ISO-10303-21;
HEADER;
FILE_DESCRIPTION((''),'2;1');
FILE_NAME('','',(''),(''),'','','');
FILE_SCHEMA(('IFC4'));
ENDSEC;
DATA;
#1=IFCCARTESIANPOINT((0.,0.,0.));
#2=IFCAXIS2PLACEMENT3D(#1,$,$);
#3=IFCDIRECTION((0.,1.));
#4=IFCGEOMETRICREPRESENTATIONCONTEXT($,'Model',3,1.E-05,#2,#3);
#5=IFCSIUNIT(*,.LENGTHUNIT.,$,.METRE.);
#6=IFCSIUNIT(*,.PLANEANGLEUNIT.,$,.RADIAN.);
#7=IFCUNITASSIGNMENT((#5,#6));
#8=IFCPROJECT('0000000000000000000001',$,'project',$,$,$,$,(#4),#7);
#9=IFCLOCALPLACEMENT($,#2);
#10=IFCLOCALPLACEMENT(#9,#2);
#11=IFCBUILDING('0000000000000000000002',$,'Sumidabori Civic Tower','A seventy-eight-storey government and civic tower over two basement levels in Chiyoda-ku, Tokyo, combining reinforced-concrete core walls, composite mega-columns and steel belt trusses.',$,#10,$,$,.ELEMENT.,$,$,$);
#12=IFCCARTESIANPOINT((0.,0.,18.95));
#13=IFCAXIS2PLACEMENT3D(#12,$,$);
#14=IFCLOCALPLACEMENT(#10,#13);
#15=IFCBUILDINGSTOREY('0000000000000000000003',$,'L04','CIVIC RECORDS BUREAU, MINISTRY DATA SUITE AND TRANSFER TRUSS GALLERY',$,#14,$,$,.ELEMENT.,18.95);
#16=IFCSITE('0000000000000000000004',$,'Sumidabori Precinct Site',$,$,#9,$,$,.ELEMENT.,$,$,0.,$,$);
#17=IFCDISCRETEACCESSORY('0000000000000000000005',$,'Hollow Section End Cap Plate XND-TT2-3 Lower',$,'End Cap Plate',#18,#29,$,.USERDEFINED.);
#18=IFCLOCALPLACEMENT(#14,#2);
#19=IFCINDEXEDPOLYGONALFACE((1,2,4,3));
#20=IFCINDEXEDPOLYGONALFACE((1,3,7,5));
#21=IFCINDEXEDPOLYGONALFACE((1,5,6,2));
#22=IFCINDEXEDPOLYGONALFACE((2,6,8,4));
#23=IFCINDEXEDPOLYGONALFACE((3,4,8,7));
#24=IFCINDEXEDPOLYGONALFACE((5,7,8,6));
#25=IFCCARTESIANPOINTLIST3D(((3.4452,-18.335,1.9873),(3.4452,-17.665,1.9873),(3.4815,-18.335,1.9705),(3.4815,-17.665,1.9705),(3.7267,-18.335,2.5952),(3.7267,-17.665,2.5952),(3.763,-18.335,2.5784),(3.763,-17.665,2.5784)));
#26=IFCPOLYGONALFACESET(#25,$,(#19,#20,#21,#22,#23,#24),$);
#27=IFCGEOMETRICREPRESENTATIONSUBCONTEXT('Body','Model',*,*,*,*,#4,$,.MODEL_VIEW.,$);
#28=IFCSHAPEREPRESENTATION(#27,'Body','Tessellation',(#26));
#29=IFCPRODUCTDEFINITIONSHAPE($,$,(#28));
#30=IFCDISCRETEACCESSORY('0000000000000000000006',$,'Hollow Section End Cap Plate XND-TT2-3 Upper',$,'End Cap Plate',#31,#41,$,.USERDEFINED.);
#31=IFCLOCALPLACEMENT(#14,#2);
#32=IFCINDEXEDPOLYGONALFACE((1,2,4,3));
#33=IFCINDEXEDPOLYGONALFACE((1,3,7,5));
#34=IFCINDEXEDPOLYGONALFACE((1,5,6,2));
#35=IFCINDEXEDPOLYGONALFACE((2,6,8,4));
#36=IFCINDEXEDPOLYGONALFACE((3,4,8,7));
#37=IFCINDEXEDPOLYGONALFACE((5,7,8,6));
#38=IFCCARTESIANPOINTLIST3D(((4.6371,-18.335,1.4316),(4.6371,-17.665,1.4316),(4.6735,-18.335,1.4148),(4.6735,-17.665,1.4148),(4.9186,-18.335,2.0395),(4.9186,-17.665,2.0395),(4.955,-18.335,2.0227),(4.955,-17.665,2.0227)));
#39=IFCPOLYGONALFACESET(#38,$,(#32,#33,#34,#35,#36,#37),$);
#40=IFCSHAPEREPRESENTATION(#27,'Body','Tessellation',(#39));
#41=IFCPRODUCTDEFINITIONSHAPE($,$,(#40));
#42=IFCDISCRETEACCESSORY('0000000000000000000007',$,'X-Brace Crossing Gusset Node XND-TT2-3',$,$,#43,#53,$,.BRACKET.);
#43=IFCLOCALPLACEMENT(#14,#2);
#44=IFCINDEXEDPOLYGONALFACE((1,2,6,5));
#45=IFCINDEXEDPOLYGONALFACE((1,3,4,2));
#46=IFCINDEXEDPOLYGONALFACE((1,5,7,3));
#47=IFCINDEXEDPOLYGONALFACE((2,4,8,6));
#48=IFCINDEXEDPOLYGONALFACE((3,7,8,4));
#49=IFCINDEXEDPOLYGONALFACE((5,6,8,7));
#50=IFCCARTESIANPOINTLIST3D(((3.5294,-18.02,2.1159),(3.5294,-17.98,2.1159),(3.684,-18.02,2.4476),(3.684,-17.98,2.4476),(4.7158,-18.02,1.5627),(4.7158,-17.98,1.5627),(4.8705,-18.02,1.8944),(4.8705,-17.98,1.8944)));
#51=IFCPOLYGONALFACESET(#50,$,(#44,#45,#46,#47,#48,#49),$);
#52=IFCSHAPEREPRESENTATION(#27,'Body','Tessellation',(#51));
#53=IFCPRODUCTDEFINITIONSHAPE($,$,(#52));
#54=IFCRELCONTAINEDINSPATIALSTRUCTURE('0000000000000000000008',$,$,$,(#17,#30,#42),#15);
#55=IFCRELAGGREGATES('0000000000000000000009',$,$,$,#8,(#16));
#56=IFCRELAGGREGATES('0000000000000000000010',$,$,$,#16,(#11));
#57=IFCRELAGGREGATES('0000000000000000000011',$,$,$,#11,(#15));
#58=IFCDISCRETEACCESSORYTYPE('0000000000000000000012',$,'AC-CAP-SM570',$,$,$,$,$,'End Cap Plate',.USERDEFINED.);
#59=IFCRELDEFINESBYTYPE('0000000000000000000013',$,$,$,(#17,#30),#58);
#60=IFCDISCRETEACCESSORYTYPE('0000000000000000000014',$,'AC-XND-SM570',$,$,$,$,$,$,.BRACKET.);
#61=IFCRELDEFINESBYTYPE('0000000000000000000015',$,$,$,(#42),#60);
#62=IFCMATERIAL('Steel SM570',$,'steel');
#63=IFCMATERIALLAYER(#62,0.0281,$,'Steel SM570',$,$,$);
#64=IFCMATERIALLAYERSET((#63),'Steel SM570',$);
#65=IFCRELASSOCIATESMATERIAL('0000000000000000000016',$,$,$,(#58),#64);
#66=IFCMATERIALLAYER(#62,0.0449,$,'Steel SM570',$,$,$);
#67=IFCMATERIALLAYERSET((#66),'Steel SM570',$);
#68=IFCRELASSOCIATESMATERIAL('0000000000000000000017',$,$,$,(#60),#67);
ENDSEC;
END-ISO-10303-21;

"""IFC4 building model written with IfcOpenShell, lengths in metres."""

from ifc_helpers import new_model, si_unit, direction, frame, origin, origin_2d, place, context, subcontext, project, spatial, rectangle, extrude, source, transform, mapped, material, layer, layer_set, type_object, element, save


model = new_model("IFC4")

# Units and contexts
model_context = context("Model", 3, precision=1e-05, world=origin(), true_north=direction((0.0, 1.0)))
body_context = subcontext(model_context, "Body", "Model", "MODEL_VIEW")
ifc_project = project(units=[si_unit("LENGTHUNIT", "METRE"), si_unit("PLANEANGLEUNIT", "RADIAN")], contexts=[model_context])

# Site, building, storey
site_placement = place(None, origin())
site = spatial("IfcSite", under=ifc_project, at=site_placement, Name="Sumidabori Precinct Site", CompositionType="ELEMENT", RefElevation=0.0)
building_placement = place(site_placement, origin())
building = spatial("IfcBuilding", under=site, at=building_placement, Name="Sumidabori Civic Tower", Description="A seventy-eight-storey government and civic tower over two basement levels in Chiyoda-ku, Tokyo, combining reinforced-concrete core walls, composite mega-columns and steel belt trusses.", CompositionType="ELEMENT")
storey_placement = place(building_placement, frame((0.0, 0.0, 18.95)))
storey = spatial("IfcBuildingStorey", under=building, at=storey_placement, Name="L04", Description="CIVIC RECORDS BUREAU, MINISTRY DATA SUITE AND TRANSFER TRUSS GALLERY", CompositionType="ELEMENT", Elevation=18.95)

# Shared definitions
ifc_material_1 = material(Name="Steel SM570", Category="steel")

# Discrete accessories
ifc_layer_1 = layer(ifc_material_1, 0.0281, Name="Steel SM570")
ifc_layer_set_1 = layer_set([ifc_layer_1], Name="Steel SM570")
discrete_accessory_type_1 = type_object("IfcDiscreteAccessoryType", Name="AC-CAP-SM570", ElementType="End Cap Plate", PredefinedType="USERDEFINED", material=ifc_layer_set_1)
ifc_layer_2 = layer(ifc_material_1, 0.0449, Name="Steel SM570")
ifc_layer_set_2 = layer_set([ifc_layer_2], Name="Steel SM570")
discrete_accessory_type_2 = type_object("IfcDiscreteAccessoryType", Name="AC-XND-SM570", PredefinedType="BRACKET", material=ifc_layer_set_2)
shared_shape_1 = source(origin(), body_context, "Body", "SweptSolid", [
    extrude(rectangle(XDim=0.6699, YDim=0.6699, at=origin_2d()), origin(), (0.0, 0.0, 1.0), 0.04),
])
for number, where, z_axis, x_axis, name in (
    (1, (3.5859, -18.0, 2.2913), (0.907424, 0.0, -0.420216), (0.0, 1.0, 0.0), "Hollow Section End Cap Plate XND-TT2-3 Lower"),
    (2, (4.8142, -18.0, 1.7188), (-0.907424, 0.0, 0.420216), (0.0, -1.0, 0.0), "Hollow Section End Cap Plate XND-TT2-3 Upper"),
):
    element("IfcDiscreteAccessory", number, at=place(storey_placement, frame(where, z_axis=z_axis, x_axis=x_axis)), inside=storey, type_object=discrete_accessory_type_1, Name=name, ObjectType="End Cap Plate", PredefinedType="USERDEFINED", context=body_context, shape_type="MappedRepresentation", body=[
        mapped(shared_shape_1, transform((0.0, 0.0, 0.0), x_axis=(1.0, 0.0, 0.0), y_axis=(0.0, 1.0, 0.0), z_axis=(0.0, 0.0, 1.0), scale=1.0)),
    ])
shared_shape_2 = source(origin(), body_context, "Body", "SweptSolid", [
    extrude(rectangle(XDim=0.04, YDim=0.366, at=origin_2d()), origin(), (0.0, 0.0, 1.0), 1.3091),
])
discrete_accessory_1_placement = place(storey_placement, frame((3.6067, -18.0, 2.2817), z_axis=(0.906326, 0.0, -0.422579), x_axis=(0.0, 1.0, 0.0)))
element("IfcDiscreteAccessory", 3, at=discrete_accessory_1_placement, inside=storey, type_object=discrete_accessory_type_2, Name="X-Brace Crossing Gusset Node XND-TT2-3", PredefinedType="BRACKET", context=body_context, shape_type="MappedRepresentation", body=[
    mapped(shared_shape_2, transform((0.0, 0.0, 0.0), x_axis=(1.0, 0.0, 0.0), y_axis=(0.0, 1.0, 0.0), z_axis=(0.0, 0.0, 1.0), scale=1.0)),
])

save(model, "model.ifc")
